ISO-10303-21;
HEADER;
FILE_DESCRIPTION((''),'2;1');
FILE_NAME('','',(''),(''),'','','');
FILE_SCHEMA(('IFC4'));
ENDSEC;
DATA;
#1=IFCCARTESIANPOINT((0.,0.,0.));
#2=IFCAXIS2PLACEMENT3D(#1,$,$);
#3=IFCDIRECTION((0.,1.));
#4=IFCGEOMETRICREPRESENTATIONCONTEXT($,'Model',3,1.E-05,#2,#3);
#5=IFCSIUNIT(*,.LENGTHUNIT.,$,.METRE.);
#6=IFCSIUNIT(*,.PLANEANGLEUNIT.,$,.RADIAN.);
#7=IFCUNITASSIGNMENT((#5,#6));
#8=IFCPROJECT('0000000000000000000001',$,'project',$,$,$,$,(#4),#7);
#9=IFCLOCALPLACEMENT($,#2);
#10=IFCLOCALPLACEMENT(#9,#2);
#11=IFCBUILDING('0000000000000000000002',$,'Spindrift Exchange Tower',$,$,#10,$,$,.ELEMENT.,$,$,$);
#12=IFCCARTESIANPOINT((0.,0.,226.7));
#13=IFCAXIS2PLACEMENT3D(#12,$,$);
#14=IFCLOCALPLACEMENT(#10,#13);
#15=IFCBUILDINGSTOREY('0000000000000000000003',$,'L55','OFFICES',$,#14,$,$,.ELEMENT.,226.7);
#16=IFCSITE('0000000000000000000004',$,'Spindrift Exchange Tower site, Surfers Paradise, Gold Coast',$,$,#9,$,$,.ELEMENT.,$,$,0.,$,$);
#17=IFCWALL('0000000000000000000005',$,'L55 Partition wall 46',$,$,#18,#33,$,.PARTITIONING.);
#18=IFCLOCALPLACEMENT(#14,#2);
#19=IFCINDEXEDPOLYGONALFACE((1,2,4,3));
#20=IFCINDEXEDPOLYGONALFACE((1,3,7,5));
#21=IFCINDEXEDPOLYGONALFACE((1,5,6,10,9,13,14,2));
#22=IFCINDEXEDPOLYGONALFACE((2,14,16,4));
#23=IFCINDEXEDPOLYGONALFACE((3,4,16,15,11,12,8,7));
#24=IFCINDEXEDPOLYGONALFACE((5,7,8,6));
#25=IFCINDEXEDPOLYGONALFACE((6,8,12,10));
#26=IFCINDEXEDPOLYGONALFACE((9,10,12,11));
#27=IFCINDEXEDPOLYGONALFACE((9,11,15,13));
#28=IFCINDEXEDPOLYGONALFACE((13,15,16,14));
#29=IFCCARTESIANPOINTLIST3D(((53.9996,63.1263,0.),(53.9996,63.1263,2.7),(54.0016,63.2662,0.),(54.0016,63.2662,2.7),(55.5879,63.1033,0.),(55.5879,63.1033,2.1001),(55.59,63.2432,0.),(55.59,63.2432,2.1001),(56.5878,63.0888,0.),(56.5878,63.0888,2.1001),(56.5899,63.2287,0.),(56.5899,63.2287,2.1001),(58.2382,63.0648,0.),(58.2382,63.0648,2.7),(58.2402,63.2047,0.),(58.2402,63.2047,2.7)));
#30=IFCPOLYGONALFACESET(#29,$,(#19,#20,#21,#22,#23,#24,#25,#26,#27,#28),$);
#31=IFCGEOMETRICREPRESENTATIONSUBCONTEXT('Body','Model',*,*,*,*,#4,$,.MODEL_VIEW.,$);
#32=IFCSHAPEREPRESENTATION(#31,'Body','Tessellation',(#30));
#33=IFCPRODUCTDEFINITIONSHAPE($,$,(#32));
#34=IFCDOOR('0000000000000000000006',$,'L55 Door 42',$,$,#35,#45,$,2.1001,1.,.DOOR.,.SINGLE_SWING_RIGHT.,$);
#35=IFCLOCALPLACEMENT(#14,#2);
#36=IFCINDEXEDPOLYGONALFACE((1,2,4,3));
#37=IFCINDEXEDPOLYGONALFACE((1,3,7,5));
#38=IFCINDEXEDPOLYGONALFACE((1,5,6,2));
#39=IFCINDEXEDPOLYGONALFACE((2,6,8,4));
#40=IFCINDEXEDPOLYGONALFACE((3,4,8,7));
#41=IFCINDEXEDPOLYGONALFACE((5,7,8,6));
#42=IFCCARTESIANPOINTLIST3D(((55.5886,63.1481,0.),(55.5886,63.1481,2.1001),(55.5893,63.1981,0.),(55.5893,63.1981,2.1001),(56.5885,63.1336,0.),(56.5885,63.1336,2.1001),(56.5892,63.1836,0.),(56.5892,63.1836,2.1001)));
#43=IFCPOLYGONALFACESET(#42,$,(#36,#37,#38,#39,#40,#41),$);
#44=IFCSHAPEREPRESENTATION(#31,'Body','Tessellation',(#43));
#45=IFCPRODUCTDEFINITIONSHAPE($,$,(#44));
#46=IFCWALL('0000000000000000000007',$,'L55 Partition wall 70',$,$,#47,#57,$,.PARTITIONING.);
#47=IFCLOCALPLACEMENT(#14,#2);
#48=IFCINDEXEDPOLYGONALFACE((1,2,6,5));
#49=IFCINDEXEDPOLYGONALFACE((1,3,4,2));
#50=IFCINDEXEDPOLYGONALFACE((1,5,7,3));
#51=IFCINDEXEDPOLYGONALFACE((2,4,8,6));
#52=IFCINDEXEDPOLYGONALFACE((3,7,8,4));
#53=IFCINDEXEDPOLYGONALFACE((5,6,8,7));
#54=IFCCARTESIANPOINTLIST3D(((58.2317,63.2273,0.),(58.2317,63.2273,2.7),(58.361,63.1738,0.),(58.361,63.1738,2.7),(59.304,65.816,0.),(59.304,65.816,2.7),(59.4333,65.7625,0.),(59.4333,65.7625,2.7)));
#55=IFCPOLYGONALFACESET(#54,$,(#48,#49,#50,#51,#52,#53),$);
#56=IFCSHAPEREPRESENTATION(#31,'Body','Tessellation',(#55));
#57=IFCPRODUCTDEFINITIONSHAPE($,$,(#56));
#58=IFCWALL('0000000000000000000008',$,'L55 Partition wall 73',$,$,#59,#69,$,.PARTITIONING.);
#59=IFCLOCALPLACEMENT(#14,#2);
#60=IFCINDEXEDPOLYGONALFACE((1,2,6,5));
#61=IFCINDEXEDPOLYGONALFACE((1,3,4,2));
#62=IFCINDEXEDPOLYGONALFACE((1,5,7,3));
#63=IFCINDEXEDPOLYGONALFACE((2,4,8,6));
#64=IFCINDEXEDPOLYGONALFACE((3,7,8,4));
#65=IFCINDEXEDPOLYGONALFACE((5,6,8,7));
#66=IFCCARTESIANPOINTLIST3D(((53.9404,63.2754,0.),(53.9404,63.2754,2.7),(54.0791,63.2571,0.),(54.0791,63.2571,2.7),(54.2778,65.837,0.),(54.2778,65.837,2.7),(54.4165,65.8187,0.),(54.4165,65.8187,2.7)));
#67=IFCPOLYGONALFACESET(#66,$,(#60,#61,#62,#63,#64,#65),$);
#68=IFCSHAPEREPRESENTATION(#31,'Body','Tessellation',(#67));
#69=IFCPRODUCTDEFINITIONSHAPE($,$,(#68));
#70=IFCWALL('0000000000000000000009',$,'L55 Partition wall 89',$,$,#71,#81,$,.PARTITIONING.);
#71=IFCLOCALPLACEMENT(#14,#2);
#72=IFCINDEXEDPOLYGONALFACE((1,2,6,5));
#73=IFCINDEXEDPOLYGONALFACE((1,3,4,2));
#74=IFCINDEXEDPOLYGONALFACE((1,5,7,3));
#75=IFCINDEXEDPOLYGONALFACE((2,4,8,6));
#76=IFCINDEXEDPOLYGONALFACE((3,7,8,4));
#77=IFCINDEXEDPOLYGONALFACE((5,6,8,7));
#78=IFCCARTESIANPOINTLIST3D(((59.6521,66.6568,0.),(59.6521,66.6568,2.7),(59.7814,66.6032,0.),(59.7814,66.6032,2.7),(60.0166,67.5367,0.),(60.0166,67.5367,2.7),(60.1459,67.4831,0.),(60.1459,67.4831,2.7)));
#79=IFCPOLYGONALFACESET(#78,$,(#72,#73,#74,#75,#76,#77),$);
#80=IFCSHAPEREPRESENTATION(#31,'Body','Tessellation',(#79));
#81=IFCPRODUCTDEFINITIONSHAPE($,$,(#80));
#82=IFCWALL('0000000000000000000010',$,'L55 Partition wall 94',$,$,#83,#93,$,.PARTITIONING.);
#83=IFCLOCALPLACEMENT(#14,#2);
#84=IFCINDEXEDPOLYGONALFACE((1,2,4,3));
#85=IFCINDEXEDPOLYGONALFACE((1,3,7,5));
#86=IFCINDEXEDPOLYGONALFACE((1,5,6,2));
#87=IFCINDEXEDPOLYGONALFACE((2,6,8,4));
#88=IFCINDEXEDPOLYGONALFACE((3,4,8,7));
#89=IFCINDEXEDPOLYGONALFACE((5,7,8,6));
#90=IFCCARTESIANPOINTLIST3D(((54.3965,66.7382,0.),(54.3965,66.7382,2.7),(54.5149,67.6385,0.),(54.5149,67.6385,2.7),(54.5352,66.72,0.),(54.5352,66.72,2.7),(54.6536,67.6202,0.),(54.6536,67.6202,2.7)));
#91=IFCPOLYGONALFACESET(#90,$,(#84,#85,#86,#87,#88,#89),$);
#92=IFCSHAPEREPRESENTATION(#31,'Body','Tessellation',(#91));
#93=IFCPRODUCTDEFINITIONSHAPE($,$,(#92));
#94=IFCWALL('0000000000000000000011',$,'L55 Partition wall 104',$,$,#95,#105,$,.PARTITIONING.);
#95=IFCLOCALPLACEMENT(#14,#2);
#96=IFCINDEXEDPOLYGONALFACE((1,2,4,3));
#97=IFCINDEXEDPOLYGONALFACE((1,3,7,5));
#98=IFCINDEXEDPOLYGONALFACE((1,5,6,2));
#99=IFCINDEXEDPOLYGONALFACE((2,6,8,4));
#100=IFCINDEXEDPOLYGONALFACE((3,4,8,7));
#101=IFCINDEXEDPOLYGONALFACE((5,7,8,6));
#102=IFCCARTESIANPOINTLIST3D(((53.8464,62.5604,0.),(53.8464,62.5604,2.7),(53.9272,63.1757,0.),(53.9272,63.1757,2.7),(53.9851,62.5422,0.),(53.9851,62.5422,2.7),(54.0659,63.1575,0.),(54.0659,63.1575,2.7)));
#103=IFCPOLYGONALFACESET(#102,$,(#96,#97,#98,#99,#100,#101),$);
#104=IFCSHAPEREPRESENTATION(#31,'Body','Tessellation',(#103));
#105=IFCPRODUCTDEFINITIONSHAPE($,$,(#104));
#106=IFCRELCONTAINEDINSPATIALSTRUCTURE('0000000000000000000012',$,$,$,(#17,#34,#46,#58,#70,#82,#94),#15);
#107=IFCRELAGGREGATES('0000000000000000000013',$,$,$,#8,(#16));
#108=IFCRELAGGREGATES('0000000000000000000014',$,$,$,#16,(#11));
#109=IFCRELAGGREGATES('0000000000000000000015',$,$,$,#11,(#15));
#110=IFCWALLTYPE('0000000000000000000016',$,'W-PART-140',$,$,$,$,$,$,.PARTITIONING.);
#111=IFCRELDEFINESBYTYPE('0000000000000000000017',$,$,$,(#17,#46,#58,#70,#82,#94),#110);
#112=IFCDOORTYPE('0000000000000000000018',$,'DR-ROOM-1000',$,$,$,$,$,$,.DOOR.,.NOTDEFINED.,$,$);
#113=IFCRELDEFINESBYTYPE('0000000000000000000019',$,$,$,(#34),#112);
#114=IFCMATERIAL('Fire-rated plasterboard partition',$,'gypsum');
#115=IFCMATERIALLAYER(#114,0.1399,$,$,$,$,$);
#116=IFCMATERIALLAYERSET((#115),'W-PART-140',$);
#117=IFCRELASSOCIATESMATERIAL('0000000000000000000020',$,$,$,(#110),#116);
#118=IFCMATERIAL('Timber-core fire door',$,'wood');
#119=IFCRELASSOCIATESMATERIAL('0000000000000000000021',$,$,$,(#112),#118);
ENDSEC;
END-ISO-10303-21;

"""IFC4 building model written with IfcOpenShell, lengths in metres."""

from ifc_helpers import new_model, si_unit, direction, frame, frame_2d, origin, place, context, subcontext, project, spatial, rectangle, extrude, source, transform, mapped, material, layer, layer_set, type_object, element, fill, save


model = new_model("IFC4")

# Units and contexts
model_context = context("Model", 3, precision=1e-05, world=origin(), true_north=direction((0.0, 1.0)))
body_context = subcontext(model_context, "Body", "Model", "MODEL_VIEW")
ifc_project = project(units=[si_unit("LENGTHUNIT", "METRE"), si_unit("PLANEANGLEUNIT", "RADIAN")], contexts=[model_context])

# Site, building, storey
site_placement = place(None, origin())
site = spatial("IfcSite", under=ifc_project, at=site_placement, Name="Spindrift Exchange Tower site, Surfers Paradise, Gold Coast", CompositionType="ELEMENT", RefElevation=0.0)
building_placement = place(site_placement, origin())
building = spatial("IfcBuilding", under=site, at=building_placement, Name="Spindrift Exchange Tower", CompositionType="ELEMENT")
storey_placement = place(building_placement, frame((0.0, 0.0, 226.7)))
storey = spatial("IfcBuildingStorey", under=building, at=storey_placement, Name="L55", Description="OFFICES", CompositionType="ELEMENT", Elevation=226.7)

# Wall, opening, door
ifc_material_1 = material(Name="Fire-rated plasterboard partition", Category="gypsum")
ifc_layer_1 = layer(ifc_material_1, 0.1399)
ifc_layer_set_1 = layer_set([ifc_layer_1], Name="W-PART-140")
wall_type = type_object("IfcWallType", Name="W-PART-140", PredefinedType="PARTITIONING", material=ifc_layer_set_1)
ifc_material_2 = material(Name="Timber-core fire door", Category="wood")
door_type = type_object("IfcDoorType", Name="DR-ROOM-1000", OperationType="NOTDEFINED", PredefinedType="DOOR", material=ifc_material_2)
shared_shape_1 = source(origin(), body_context, "Body", "SweptSolid", [
    extrude(rectangle(XDim=1.0, YDim=2.1001, at=frame_2d((0.5, 1.05))), frame((0.0, 0.0249, 0.0), z_axis=(0.0, -1.0, 0.0), x_axis=(1.0, 0.0, 0.0)), (0.0, 0.0, 1.0), 0.05),
])
wall_1_placement = place(storey_placement, frame((54.0005, 63.1963, 0.0), z_axis=(0.0, 0.0, 1.0), x_axis=(0.999895, -0.014514, 0.0)))
wall_1 = element("IfcWall", 1, at=wall_1_placement, inside=storey, type_object=wall_type, Name="L55 Partition wall 46", PredefinedType="PARTITIONING", context=body_context, shape_type="SweptSolid", body=[
    extrude(rectangle(XDim=4.239, YDim=0.1399, at=frame_2d((2.1196, 0.0))), origin(), (0.0, 0.0, 1.0), 2.7),
])
opening_1_placement = place(wall_1_placement, frame((1.5886, 0.0, 0.0)))
opening_1 = element("IfcOpeningElement", 2, at=opening_1_placement, cuts=wall_1, PredefinedType="OPENING", context=body_context, shape_type="SweptSolid", body=[
    extrude(rectangle(XDim=1.0, YDim=2.1001, at=frame_2d((0.5, 1.05))), frame((0.0, 0.0798, 0.0), z_axis=(0.0, -1.0, 0.0), x_axis=(1.0, 0.0, 0.0)), (0.0, 0.0, 1.0), 0.1599),
])
door_1_placement = place(opening_1_placement, origin())
door_1 = element("IfcDoor", 3, at=door_1_placement, inside=storey, type_object=door_type, Name="L55 Door 42", OperationType="SINGLE_SWING_RIGHT", OverallHeight=2.1001, OverallWidth=1.0, PredefinedType="DOOR", context=body_context, shape_type="MappedRepresentation", body=[
    mapped(shared_shape_1, transform((0.0, 0.0, 0.0), scale=1.0)),
])
fill(opening_1, door_1)

# Walls
wall_2_placement = place(storey_placement, frame((58.2964, 63.2007, 0.0), z_axis=(0.0, 0.0, 1.0), x_axis=(0.38269, 0.923877, 0.0)))
element("IfcWall", 4, at=wall_2_placement, inside=storey, type_object=wall_type, Name="L55 Partition wall 70", PredefinedType="PARTITIONING", context=body_context, shape_type="SweptSolid", body=[
    extrude(rectangle(XDim=2.802, YDim=0.1399, at=frame_2d((1.4009, 0.0))), origin(), (0.0, 0.0, 1.0), 2.7),
])
wall_3_placement = place(storey_placement, frame((54.0098, 63.2661, 0.0), z_axis=(0.0, 0.0, 1.0), x_axis=(0.130591, 0.991436, 0.0)))
element("IfcWall", 5, at=wall_3_placement, inside=storey, type_object=wall_type, Name="L55 Partition wall 73", PredefinedType="PARTITIONING", context=body_context, shape_type="SweptSolid", body=[
    extrude(rectangle(XDim=2.5837, YDim=0.1399, at=frame_2d((1.292, 0.0))), origin(), (0.0, 0.0, 1.0), 2.7),
])
wall_4_placement = place(storey_placement, frame((59.7168, 66.6301, 0.0), z_axis=(0.0, 0.0, 1.0), x_axis=(0.382722, 0.923864, 0.0)))
element("IfcWall", 6, at=wall_4_placement, inside=storey, type_object=wall_type, Name="L55 Partition wall 89", PredefinedType="PARTITIONING", context=body_context, shape_type="SweptSolid", body=[
    extrude(rectangle(XDim=0.9524, YDim=0.1399, at=frame_2d((0.4761, 0.0))), origin(), (0.0, 0.0, 1.0), 2.7),
])
wall_5_placement = place(storey_placement, frame((54.4658, 66.729, 0.0), z_axis=(0.0, 0.0, 1.0), x_axis=(0.13042, 0.991459, 0.0)))
element("IfcWall", 7, at=wall_5_placement, inside=storey, type_object=wall_type, Name="L55 Partition wall 94", PredefinedType="PARTITIONING", context=body_context, shape_type="SweptSolid", body=[
    extrude(rectangle(XDim=0.908, YDim=0.1399, at=frame_2d((0.4541, 0.0))), origin(), (0.0, 0.0, 1.0), 2.7),
])
wall_6_placement = place(storey_placement, frame((53.9158, 62.5513, 0.0), z_axis=(0.0, 0.0, 1.0), x_axis=(0.130231, 0.991484, 0.0)))
element("IfcWall", 8, at=wall_6_placement, inside=storey, type_object=wall_type, Name="L55 Partition wall 104", PredefinedType="PARTITIONING", context=body_context, shape_type="SweptSolid", body=[
    extrude(rectangle(XDim=0.6206, YDim=0.1399, at=frame_2d((0.3103, 0.0))), origin(), (0.0, 0.0, 1.0), 2.7),
])

save(model, "model.ifc")
